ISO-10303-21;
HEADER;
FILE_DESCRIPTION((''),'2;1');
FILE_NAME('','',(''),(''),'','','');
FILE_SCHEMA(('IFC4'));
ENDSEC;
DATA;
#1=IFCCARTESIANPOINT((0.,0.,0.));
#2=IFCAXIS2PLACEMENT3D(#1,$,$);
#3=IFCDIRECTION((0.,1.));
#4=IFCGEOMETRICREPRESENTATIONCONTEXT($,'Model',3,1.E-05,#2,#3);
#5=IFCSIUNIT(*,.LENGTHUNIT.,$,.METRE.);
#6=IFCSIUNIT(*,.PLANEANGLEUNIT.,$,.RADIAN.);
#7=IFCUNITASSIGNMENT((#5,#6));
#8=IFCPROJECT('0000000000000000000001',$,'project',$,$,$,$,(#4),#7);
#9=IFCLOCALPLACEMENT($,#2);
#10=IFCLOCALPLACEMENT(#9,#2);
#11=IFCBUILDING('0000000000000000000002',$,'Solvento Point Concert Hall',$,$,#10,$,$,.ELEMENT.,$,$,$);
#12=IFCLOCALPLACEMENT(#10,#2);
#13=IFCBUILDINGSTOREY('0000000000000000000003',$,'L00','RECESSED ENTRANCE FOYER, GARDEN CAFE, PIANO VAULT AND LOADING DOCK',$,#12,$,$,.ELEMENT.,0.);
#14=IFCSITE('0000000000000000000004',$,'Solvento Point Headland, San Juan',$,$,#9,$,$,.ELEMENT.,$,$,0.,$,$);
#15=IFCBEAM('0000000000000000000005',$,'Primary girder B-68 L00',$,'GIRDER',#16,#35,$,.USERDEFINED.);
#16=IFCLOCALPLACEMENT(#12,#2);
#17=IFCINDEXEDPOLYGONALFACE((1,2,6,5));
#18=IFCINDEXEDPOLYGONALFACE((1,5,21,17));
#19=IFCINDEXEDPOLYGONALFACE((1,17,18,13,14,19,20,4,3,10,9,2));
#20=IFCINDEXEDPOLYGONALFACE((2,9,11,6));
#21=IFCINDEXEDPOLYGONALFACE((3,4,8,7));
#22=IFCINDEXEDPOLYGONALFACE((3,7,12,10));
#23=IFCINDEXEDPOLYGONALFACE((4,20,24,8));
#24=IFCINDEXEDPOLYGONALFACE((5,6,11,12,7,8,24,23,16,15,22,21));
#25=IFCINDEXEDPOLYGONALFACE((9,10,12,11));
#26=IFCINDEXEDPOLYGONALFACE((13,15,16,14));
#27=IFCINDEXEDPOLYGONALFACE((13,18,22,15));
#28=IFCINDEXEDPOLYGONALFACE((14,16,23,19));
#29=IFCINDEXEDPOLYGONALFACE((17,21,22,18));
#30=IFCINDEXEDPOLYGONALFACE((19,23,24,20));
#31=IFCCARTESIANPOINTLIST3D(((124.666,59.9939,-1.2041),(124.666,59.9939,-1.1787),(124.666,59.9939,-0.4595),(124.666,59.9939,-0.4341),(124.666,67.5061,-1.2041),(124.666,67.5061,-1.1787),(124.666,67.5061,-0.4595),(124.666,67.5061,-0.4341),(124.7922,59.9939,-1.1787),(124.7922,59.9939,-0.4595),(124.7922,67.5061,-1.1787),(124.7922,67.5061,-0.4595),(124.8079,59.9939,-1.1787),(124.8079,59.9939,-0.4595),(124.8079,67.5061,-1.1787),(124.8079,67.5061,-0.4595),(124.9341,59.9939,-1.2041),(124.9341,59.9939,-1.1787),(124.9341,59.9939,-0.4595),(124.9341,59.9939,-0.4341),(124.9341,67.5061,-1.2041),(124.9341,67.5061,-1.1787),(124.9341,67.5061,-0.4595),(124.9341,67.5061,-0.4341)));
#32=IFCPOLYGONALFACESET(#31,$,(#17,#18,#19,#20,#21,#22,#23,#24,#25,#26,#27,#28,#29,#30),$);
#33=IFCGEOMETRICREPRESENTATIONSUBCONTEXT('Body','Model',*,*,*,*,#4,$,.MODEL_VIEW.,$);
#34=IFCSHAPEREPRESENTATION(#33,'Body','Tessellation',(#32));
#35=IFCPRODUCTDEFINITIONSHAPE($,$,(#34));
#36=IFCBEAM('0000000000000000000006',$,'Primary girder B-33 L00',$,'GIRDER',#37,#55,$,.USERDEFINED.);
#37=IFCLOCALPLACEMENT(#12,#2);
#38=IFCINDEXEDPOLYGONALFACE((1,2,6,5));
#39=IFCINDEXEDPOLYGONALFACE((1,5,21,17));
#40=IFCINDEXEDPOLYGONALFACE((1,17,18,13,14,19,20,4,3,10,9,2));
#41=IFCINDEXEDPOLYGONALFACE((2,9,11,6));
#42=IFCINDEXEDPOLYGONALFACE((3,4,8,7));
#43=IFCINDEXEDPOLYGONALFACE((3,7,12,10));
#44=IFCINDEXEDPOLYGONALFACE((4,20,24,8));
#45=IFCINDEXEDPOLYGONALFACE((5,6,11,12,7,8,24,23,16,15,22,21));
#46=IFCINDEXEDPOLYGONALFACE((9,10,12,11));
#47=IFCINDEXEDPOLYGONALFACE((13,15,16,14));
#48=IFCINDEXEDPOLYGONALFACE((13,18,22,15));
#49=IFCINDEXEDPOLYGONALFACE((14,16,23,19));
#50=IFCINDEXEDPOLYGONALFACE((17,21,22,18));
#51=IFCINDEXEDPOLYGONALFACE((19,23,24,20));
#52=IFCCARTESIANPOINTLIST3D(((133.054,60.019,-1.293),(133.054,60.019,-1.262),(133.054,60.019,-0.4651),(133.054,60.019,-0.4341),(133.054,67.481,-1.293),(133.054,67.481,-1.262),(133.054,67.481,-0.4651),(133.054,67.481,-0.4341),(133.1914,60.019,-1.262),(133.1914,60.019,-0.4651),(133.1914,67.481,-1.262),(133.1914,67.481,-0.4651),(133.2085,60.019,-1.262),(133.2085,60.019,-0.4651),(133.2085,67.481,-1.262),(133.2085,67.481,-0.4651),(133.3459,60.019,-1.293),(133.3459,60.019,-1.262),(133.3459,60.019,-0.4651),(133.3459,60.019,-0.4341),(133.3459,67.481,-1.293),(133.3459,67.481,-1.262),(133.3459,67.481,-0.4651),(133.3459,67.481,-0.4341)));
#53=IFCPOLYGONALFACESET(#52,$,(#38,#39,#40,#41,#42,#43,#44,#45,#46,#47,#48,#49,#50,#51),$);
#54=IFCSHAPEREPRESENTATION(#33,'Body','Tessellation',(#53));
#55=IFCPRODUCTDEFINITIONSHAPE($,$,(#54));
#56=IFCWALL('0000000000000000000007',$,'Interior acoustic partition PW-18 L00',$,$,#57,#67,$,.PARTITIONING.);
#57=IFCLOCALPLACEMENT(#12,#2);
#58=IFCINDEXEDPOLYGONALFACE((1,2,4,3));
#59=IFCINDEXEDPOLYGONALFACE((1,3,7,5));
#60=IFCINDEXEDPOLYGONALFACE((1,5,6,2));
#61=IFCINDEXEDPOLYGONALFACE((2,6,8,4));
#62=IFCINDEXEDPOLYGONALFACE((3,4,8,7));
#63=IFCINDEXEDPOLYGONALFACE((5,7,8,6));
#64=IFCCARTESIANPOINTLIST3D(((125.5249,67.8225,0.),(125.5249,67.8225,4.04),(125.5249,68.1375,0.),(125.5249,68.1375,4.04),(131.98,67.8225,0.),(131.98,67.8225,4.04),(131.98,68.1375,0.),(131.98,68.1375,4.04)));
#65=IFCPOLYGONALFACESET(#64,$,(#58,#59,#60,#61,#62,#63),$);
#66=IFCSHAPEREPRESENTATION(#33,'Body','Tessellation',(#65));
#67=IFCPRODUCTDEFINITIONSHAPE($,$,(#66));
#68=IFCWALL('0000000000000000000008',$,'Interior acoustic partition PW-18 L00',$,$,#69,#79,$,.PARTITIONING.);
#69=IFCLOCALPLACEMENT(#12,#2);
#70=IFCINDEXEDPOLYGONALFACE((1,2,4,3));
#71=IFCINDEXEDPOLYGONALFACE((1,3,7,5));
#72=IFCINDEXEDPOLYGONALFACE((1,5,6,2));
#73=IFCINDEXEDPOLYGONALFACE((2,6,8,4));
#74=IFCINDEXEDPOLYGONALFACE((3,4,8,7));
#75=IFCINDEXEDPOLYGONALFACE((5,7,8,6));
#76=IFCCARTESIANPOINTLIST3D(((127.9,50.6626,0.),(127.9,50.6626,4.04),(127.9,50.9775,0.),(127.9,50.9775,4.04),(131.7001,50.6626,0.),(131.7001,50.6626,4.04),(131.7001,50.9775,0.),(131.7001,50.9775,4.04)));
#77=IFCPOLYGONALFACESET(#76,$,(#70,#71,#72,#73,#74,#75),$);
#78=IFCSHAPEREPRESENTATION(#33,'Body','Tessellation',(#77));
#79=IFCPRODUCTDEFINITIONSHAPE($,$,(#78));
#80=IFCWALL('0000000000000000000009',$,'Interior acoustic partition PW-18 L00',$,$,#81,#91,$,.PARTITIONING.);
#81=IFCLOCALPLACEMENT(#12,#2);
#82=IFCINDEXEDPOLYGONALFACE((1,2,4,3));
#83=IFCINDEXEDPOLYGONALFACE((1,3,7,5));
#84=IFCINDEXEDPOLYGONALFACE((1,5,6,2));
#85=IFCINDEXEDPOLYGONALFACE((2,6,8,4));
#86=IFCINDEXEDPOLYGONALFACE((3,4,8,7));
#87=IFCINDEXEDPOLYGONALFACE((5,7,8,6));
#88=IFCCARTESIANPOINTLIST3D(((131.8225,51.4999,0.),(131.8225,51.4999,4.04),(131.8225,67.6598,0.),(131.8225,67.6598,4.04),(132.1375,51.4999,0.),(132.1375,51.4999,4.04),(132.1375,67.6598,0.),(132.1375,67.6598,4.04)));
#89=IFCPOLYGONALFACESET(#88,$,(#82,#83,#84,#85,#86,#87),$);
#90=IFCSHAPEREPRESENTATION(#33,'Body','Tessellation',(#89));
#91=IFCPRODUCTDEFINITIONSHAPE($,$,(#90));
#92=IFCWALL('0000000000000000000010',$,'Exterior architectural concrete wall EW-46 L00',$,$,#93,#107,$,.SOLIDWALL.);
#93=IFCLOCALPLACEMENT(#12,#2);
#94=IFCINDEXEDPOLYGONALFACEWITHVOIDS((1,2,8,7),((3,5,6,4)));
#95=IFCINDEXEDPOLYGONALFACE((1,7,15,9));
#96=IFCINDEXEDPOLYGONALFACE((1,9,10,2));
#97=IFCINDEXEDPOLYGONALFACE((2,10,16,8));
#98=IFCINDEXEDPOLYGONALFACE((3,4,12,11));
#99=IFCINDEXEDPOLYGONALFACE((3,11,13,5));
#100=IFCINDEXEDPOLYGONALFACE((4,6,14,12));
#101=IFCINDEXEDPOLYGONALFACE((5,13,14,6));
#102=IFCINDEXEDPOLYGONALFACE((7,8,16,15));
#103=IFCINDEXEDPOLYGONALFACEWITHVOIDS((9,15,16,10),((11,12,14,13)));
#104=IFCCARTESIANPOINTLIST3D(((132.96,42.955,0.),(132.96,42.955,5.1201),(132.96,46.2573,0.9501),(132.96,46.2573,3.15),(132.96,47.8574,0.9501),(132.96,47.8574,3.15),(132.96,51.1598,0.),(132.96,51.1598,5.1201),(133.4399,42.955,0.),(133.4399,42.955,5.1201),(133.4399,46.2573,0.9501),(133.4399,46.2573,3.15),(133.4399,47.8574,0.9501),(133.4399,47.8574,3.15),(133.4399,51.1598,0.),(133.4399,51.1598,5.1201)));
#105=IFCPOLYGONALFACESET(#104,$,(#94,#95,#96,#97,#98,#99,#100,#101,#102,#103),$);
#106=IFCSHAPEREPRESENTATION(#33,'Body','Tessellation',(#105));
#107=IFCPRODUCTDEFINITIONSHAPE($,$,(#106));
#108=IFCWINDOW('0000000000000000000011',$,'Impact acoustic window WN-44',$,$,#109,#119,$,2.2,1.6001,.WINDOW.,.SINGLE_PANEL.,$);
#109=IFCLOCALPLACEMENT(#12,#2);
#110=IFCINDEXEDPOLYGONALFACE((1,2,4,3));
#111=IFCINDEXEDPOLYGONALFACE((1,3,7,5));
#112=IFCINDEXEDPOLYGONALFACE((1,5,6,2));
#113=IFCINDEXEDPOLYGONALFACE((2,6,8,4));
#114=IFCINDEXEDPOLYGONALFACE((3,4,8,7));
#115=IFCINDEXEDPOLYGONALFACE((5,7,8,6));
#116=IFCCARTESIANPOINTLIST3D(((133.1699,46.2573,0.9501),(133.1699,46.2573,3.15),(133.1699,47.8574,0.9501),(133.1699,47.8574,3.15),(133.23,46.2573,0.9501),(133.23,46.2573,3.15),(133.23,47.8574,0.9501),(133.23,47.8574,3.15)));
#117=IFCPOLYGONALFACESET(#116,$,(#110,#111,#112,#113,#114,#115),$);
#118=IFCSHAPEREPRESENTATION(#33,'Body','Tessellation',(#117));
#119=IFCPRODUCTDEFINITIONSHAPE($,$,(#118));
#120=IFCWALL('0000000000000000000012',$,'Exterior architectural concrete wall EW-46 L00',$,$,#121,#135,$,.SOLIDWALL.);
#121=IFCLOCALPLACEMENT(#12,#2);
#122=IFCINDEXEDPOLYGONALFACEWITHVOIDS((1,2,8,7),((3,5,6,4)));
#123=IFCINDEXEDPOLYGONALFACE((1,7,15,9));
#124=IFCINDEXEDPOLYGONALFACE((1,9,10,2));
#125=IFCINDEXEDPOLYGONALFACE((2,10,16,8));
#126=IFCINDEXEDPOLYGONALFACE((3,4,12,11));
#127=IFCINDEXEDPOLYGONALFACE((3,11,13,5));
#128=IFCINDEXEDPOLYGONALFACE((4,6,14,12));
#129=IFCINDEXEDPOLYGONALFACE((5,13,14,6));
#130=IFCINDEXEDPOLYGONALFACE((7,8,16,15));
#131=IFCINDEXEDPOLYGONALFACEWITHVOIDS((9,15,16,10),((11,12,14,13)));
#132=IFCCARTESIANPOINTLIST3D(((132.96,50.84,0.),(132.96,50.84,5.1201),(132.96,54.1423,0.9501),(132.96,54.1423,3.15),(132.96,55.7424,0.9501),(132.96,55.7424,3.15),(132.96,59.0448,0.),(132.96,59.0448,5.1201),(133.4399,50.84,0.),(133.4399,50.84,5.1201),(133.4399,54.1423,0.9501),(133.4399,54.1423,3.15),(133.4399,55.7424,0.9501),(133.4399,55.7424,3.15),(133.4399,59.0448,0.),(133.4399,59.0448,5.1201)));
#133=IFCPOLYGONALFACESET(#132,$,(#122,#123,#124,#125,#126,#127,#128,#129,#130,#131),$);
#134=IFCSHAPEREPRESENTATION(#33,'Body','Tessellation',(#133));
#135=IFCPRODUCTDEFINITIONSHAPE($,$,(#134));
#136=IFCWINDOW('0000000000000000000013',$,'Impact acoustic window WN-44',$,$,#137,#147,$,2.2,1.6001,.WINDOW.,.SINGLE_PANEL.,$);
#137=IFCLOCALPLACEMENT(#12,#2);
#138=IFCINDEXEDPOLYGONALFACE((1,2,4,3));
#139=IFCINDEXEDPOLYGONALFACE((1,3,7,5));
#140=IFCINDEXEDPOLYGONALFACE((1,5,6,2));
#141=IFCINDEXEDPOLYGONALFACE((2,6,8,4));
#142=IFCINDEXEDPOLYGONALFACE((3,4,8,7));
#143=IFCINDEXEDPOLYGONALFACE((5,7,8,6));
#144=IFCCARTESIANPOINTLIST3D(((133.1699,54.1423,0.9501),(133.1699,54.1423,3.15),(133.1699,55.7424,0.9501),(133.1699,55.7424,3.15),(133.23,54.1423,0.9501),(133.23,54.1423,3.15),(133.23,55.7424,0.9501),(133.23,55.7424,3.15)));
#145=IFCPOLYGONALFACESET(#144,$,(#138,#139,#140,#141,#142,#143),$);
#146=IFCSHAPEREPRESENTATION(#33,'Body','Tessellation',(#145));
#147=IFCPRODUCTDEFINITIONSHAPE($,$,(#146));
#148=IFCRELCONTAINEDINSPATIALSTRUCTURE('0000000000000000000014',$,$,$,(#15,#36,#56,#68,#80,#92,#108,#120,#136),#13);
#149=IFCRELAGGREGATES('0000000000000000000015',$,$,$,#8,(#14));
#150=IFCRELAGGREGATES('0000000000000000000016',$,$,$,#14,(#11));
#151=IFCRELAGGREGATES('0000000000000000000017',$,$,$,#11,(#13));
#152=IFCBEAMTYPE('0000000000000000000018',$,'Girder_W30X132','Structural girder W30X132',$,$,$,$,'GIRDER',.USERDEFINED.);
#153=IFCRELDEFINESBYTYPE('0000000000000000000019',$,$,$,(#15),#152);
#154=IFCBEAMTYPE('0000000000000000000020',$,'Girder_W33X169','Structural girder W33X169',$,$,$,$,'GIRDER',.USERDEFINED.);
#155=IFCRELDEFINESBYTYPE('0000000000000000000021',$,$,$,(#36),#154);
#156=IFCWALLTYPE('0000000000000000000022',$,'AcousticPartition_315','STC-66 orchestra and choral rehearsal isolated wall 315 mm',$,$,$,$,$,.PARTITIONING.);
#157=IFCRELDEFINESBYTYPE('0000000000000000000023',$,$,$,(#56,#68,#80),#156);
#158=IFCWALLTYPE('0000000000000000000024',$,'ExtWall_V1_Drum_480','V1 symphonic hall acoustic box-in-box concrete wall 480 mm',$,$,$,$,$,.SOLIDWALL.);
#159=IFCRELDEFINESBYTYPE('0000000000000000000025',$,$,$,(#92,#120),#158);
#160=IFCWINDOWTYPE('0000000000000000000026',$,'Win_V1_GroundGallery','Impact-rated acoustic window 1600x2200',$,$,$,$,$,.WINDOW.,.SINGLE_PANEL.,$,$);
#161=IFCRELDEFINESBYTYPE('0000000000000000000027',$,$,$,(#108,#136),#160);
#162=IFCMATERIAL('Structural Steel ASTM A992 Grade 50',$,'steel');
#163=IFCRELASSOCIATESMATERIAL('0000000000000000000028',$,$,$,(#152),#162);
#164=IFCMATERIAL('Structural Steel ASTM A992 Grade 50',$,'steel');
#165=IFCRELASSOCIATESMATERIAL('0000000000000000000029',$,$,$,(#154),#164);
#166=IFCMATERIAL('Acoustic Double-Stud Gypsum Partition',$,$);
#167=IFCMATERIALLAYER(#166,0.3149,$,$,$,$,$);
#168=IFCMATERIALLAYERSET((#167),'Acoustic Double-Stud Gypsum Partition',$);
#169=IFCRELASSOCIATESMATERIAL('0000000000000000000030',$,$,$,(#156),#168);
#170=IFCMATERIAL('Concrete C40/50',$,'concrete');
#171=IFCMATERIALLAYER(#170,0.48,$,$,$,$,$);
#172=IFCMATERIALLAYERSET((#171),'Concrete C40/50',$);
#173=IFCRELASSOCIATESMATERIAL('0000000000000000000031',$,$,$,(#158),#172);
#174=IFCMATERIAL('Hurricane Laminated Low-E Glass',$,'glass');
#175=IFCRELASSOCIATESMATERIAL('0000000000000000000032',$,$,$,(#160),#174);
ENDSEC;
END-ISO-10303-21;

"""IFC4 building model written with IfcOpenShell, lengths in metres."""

from ifc_helpers import new_model, si_unit, direction, frame, frame_2d, origin, origin_2d, place, context, subcontext, project, spatial, rectangle, i_section, extrude, material, layer, layer_set, material_profile, profile_set, type_object, element, fill, save


model = new_model("IFC4")

# Units and contexts
model_context = context("Model", 3, precision=1e-05, world=origin(), true_north=direction((0.0, 1.0)))
body_context = subcontext(model_context, "Body", "Model", "MODEL_VIEW")
ifc_project = project(units=[si_unit("LENGTHUNIT", "METRE"), si_unit("PLANEANGLEUNIT", "RADIAN")], contexts=[model_context])

# Site, building, storey
site_placement = place(None, origin())
site = spatial("IfcSite", under=ifc_project, at=site_placement, Name="Solvento Point Headland, San Juan", CompositionType="ELEMENT", RefElevation=0.0)
building_placement = place(site_placement, origin())
building = spatial("IfcBuilding", under=site, at=building_placement, Name="Solvento Point Concert Hall", CompositionType="ELEMENT")
storey_placement = place(building_placement, origin())
storey = spatial("IfcBuildingStorey", under=building, at=storey_placement, Name="L00", Description="RECESSED ENTRANCE FOYER, GARDEN CAFE, PIANO VAULT AND LOADING DOCK", CompositionType="ELEMENT", Elevation=0.0)

# Beams
ifc_material_1 = material(Name="Structural Steel ASTM A992 Grade 50", Category="steel")
ifc_material_profile_1 = material_profile(ifc_material_1, i_section(OverallWidth=0.2681, OverallDepth=0.77, WebThickness=0.0156, FlangeThickness=0.0254, at=origin_2d()), Name="W30X132")
ifc_profile_set_1 = profile_set([ifc_material_profile_1], Name="Structural Steel ASTM A992 Grade 50")
beam_type_1 = type_object("IfcBeamType", Name="Girder_W30X132", Description="Structural girder W30X132", ElementType="GIRDER", PredefinedType="USERDEFINED", material=ifc_profile_set_1)
beam_1_placement = place(storey_placement, frame((124.8, 59.9939, -0.8191), z_axis=(0.0, 1.0, 0.0), x_axis=(-1.0, 0.0, 0.0)))
element("IfcBeam", 1, at=beam_1_placement, inside=storey, type_object=beam_type_1, Name="Primary girder B-68 L00", ObjectType="GIRDER", PredefinedType="USERDEFINED", context=body_context, shape_type="SweptSolid", body=[
    extrude(i_section(OverallWidth=0.2681, OverallDepth=0.77, WebThickness=0.0156, FlangeThickness=0.0254, at=origin_2d()), origin(), (0.0, 0.0, 1.0), 7.5122),
])
ifc_material_2 = material(Name="Structural Steel ASTM A992 Grade 50", Category="steel")
ifc_material_profile_2 = material_profile(ifc_material_2, i_section(OverallWidth=0.292, OverallDepth=0.8589, WebThickness=0.0171, FlangeThickness=0.031, at=origin_2d()), Name="W33X169")
ifc_profile_set_2 = profile_set([ifc_material_profile_2], Name="Structural Steel ASTM A992 Grade 50")
beam_type_2 = type_object("IfcBeamType", Name="Girder_W33X169", Description="Structural girder W33X169", ElementType="GIRDER", PredefinedType="USERDEFINED", material=ifc_profile_set_2)
beam_2_placement = place(storey_placement, frame((133.2, 60.019, -0.8635), z_axis=(0.0, 1.0, 0.0), x_axis=(-1.0, 0.0, 0.0)))
element("IfcBeam", 2, at=beam_2_placement, inside=storey, type_object=beam_type_2, Name="Primary girder B-33 L00", ObjectType="GIRDER", PredefinedType="USERDEFINED", context=body_context, shape_type="SweptSolid", body=[
    extrude(i_section(OverallWidth=0.292, OverallDepth=0.8589, WebThickness=0.0171, FlangeThickness=0.031, at=origin_2d()), origin(), (0.0, 0.0, 1.0), 7.4619),
])

# Walls
ifc_material_3 = material(Name="Acoustic Double-Stud Gypsum Partition")
ifc_layer_1 = layer(ifc_material_3, 0.3149)
ifc_layer_set_1 = layer_set([ifc_layer_1], Name="Acoustic Double-Stud Gypsum Partition")
wall_type_1 = type_object("IfcWallType", Name="AcousticPartition_315", Description="STC-66 orchestra and choral rehearsal isolated wall 315 mm", PredefinedType="PARTITIONING", material=ifc_layer_set_1)
wall_1_placement = place(storey_placement, frame((125.5249, 67.98, 0.0), z_axis=(0.0, 0.0, 1.0), x_axis=(1.0, 0.0, 0.0)))
element("IfcWall", 3, at=wall_1_placement, inside=storey, type_object=wall_type_1, Name="Interior acoustic partition PW-18 L00", PredefinedType="PARTITIONING", context=body_context, shape_type="SweptSolid", body=[
    extrude(rectangle(XDim=6.4551, YDim=0.3149, at=frame_2d((3.2275, 0.0))), origin(), (0.0, 0.0, 1.0), 4.04),
])
wall_2_placement = place(storey_placement, frame((131.7, 50.8201, 0.0), z_axis=(0.0, 0.0, 1.0), x_axis=(-1.0, 0.0, 0.0)))
element("IfcWall", 4, at=wall_2_placement, inside=storey, type_object=wall_type_1, Name="Interior acoustic partition PW-18 L00", PredefinedType="PARTITIONING", context=body_context, shape_type="SweptSolid", body=[
    extrude(rectangle(XDim=3.8, YDim=0.3149, at=frame_2d((1.8999, 0.0))), origin(), (0.0, 0.0, 1.0), 4.04),
])
wall_3_placement = place(storey_placement, frame((131.98, 67.6599, 0.0), z_axis=(0.0, 0.0, 1.0), x_axis=(0.0, -1.0, 0.0)))
element("IfcWall", 5, at=wall_3_placement, inside=storey, type_object=wall_type_1, Name="Interior acoustic partition PW-18 L00", PredefinedType="PARTITIONING", context=body_context, shape_type="SweptSolid", body=[
    extrude(rectangle(XDim=16.1599, YDim=0.3149, at=frame_2d((8.0801, 0.0))), origin(), (0.0, 0.0, 1.0), 4.04),
])

# Walls, openings, windows
ifc_material_4 = material(Name="Concrete C40/50", Category="concrete")
ifc_layer_2 = layer(ifc_material_4, 0.48)
ifc_layer_set_2 = layer_set([ifc_layer_2], Name="Concrete C40/50")
wall_type_2 = type_object("IfcWallType", Name="ExtWall_V1_Drum_480", Description="V1 symphonic hall acoustic box-in-box concrete wall 480 mm", PredefinedType="SOLIDWALL", material=ifc_layer_set_2)
wall_4_placement = place(storey_placement, frame((133.2, 51.1599, 0.0), z_axis=(0.0, 0.0, 1.0), x_axis=(0.0, -1.0, 0.0)))
wall_4 = element("IfcWall", 6, at=wall_4_placement, inside=storey, type_object=wall_type_2, Name="Exterior architectural concrete wall EW-46 L00", PredefinedType="SOLIDWALL", context=body_context, shape_type="SweptSolid", body=[
    extrude(rectangle(XDim=8.2048, YDim=0.48, at=frame_2d((4.1025, 0.0))), origin(), (0.0, 0.0, 1.0), 5.1201),
])
opening_1_placement = place(wall_4_placement, frame((3.3025, 0.0, 0.95)))
opening_1 = element("IfcOpeningElement", 7, at=opening_1_placement, cuts=wall_4, PredefinedType="OPENING", context=body_context, shape_type="SweptSolid", body=[
    extrude(rectangle(XDim=1.6001, YDim=2.2, at=frame_2d((0.8, 1.1001))), frame((0.0, 0.25, 0.0), z_axis=(0.0, -1.0, 0.0), x_axis=(1.0, 0.0, 0.0)), (0.0, 0.0, 1.0), 0.5),
])
ifc_material_5 = material(Name="Hurricane Laminated Low-E Glass", Category="glass")
window_type = type_object("IfcWindowType", Name="Win_V1_GroundGallery", Description="Impact-rated acoustic window 1600x2200", PartitioningType="SINGLE_PANEL", PredefinedType="WINDOW", material=ifc_material_5)
window_1_placement = place(opening_1_placement, origin())
window_1 = element("IfcWindow", 8, at=window_1_placement, inside=storey, type_object=window_type, Name="Impact acoustic window WN-44", OverallHeight=2.2, OverallWidth=1.6001, PartitioningType="SINGLE_PANEL", PredefinedType="WINDOW", context=body_context, shape_type="SweptSolid", body=[
    extrude(rectangle(XDim=1.6001, YDim=2.2, at=frame_2d((0.8, 1.1001))), frame((0.0, 0.03, 0.0), z_axis=(0.0, -1.0, 0.0), x_axis=(1.0, 0.0, 0.0)), (0.0, 0.0, 1.0), 0.0601),
])
fill(opening_1, window_1)
wall_5_placement = place(storey_placement, frame((133.2, 59.0449, 0.0), z_axis=(0.0, 0.0, 1.0), x_axis=(0.0, -1.0, 0.0)))
wall_5 = element("IfcWall", 9, at=wall_5_placement, inside=storey, type_object=wall_type_2, Name="Exterior architectural concrete wall EW-46 L00", PredefinedType="SOLIDWALL", context=body_context, shape_type="SweptSolid", body=[
    extrude(rectangle(XDim=8.2048, YDim=0.48, at=frame_2d((4.1025, 0.0))), origin(), (0.0, 0.0, 1.0), 5.1201),
])
opening_2_placement = place(wall_5_placement, frame((3.3025, 0.0, 0.95)))
opening_2 = element("IfcOpeningElement", 10, at=opening_2_placement, cuts=wall_5, PredefinedType="OPENING", context=body_context, shape_type="SweptSolid", body=[
    extrude(rectangle(XDim=1.6001, YDim=2.2, at=frame_2d((0.8, 1.1001))), frame((0.0, 0.25, 0.0), z_axis=(0.0, -1.0, 0.0), x_axis=(1.0, 0.0, 0.0)), (0.0, 0.0, 1.0), 0.5),
])
window_2_placement = place(opening_2_placement, origin())
window_2 = element("IfcWindow", 11, at=window_2_placement, inside=storey, type_object=window_type, Name="Impact acoustic window WN-44", OverallHeight=2.2, OverallWidth=1.6001, PartitioningType="SINGLE_PANEL", PredefinedType="WINDOW", context=body_context, shape_type="SweptSolid", body=[
    extrude(rectangle(XDim=1.6001, YDim=2.2, at=frame_2d((0.8, 1.1001))), frame((0.0, 0.03, 0.0), z_axis=(0.0, -1.0, 0.0), x_axis=(1.0, 0.0, 0.0)), (0.0, 0.0, 1.0), 0.0601),
])
fill(opening_2, window_2)

save(model, "model.ifc")
